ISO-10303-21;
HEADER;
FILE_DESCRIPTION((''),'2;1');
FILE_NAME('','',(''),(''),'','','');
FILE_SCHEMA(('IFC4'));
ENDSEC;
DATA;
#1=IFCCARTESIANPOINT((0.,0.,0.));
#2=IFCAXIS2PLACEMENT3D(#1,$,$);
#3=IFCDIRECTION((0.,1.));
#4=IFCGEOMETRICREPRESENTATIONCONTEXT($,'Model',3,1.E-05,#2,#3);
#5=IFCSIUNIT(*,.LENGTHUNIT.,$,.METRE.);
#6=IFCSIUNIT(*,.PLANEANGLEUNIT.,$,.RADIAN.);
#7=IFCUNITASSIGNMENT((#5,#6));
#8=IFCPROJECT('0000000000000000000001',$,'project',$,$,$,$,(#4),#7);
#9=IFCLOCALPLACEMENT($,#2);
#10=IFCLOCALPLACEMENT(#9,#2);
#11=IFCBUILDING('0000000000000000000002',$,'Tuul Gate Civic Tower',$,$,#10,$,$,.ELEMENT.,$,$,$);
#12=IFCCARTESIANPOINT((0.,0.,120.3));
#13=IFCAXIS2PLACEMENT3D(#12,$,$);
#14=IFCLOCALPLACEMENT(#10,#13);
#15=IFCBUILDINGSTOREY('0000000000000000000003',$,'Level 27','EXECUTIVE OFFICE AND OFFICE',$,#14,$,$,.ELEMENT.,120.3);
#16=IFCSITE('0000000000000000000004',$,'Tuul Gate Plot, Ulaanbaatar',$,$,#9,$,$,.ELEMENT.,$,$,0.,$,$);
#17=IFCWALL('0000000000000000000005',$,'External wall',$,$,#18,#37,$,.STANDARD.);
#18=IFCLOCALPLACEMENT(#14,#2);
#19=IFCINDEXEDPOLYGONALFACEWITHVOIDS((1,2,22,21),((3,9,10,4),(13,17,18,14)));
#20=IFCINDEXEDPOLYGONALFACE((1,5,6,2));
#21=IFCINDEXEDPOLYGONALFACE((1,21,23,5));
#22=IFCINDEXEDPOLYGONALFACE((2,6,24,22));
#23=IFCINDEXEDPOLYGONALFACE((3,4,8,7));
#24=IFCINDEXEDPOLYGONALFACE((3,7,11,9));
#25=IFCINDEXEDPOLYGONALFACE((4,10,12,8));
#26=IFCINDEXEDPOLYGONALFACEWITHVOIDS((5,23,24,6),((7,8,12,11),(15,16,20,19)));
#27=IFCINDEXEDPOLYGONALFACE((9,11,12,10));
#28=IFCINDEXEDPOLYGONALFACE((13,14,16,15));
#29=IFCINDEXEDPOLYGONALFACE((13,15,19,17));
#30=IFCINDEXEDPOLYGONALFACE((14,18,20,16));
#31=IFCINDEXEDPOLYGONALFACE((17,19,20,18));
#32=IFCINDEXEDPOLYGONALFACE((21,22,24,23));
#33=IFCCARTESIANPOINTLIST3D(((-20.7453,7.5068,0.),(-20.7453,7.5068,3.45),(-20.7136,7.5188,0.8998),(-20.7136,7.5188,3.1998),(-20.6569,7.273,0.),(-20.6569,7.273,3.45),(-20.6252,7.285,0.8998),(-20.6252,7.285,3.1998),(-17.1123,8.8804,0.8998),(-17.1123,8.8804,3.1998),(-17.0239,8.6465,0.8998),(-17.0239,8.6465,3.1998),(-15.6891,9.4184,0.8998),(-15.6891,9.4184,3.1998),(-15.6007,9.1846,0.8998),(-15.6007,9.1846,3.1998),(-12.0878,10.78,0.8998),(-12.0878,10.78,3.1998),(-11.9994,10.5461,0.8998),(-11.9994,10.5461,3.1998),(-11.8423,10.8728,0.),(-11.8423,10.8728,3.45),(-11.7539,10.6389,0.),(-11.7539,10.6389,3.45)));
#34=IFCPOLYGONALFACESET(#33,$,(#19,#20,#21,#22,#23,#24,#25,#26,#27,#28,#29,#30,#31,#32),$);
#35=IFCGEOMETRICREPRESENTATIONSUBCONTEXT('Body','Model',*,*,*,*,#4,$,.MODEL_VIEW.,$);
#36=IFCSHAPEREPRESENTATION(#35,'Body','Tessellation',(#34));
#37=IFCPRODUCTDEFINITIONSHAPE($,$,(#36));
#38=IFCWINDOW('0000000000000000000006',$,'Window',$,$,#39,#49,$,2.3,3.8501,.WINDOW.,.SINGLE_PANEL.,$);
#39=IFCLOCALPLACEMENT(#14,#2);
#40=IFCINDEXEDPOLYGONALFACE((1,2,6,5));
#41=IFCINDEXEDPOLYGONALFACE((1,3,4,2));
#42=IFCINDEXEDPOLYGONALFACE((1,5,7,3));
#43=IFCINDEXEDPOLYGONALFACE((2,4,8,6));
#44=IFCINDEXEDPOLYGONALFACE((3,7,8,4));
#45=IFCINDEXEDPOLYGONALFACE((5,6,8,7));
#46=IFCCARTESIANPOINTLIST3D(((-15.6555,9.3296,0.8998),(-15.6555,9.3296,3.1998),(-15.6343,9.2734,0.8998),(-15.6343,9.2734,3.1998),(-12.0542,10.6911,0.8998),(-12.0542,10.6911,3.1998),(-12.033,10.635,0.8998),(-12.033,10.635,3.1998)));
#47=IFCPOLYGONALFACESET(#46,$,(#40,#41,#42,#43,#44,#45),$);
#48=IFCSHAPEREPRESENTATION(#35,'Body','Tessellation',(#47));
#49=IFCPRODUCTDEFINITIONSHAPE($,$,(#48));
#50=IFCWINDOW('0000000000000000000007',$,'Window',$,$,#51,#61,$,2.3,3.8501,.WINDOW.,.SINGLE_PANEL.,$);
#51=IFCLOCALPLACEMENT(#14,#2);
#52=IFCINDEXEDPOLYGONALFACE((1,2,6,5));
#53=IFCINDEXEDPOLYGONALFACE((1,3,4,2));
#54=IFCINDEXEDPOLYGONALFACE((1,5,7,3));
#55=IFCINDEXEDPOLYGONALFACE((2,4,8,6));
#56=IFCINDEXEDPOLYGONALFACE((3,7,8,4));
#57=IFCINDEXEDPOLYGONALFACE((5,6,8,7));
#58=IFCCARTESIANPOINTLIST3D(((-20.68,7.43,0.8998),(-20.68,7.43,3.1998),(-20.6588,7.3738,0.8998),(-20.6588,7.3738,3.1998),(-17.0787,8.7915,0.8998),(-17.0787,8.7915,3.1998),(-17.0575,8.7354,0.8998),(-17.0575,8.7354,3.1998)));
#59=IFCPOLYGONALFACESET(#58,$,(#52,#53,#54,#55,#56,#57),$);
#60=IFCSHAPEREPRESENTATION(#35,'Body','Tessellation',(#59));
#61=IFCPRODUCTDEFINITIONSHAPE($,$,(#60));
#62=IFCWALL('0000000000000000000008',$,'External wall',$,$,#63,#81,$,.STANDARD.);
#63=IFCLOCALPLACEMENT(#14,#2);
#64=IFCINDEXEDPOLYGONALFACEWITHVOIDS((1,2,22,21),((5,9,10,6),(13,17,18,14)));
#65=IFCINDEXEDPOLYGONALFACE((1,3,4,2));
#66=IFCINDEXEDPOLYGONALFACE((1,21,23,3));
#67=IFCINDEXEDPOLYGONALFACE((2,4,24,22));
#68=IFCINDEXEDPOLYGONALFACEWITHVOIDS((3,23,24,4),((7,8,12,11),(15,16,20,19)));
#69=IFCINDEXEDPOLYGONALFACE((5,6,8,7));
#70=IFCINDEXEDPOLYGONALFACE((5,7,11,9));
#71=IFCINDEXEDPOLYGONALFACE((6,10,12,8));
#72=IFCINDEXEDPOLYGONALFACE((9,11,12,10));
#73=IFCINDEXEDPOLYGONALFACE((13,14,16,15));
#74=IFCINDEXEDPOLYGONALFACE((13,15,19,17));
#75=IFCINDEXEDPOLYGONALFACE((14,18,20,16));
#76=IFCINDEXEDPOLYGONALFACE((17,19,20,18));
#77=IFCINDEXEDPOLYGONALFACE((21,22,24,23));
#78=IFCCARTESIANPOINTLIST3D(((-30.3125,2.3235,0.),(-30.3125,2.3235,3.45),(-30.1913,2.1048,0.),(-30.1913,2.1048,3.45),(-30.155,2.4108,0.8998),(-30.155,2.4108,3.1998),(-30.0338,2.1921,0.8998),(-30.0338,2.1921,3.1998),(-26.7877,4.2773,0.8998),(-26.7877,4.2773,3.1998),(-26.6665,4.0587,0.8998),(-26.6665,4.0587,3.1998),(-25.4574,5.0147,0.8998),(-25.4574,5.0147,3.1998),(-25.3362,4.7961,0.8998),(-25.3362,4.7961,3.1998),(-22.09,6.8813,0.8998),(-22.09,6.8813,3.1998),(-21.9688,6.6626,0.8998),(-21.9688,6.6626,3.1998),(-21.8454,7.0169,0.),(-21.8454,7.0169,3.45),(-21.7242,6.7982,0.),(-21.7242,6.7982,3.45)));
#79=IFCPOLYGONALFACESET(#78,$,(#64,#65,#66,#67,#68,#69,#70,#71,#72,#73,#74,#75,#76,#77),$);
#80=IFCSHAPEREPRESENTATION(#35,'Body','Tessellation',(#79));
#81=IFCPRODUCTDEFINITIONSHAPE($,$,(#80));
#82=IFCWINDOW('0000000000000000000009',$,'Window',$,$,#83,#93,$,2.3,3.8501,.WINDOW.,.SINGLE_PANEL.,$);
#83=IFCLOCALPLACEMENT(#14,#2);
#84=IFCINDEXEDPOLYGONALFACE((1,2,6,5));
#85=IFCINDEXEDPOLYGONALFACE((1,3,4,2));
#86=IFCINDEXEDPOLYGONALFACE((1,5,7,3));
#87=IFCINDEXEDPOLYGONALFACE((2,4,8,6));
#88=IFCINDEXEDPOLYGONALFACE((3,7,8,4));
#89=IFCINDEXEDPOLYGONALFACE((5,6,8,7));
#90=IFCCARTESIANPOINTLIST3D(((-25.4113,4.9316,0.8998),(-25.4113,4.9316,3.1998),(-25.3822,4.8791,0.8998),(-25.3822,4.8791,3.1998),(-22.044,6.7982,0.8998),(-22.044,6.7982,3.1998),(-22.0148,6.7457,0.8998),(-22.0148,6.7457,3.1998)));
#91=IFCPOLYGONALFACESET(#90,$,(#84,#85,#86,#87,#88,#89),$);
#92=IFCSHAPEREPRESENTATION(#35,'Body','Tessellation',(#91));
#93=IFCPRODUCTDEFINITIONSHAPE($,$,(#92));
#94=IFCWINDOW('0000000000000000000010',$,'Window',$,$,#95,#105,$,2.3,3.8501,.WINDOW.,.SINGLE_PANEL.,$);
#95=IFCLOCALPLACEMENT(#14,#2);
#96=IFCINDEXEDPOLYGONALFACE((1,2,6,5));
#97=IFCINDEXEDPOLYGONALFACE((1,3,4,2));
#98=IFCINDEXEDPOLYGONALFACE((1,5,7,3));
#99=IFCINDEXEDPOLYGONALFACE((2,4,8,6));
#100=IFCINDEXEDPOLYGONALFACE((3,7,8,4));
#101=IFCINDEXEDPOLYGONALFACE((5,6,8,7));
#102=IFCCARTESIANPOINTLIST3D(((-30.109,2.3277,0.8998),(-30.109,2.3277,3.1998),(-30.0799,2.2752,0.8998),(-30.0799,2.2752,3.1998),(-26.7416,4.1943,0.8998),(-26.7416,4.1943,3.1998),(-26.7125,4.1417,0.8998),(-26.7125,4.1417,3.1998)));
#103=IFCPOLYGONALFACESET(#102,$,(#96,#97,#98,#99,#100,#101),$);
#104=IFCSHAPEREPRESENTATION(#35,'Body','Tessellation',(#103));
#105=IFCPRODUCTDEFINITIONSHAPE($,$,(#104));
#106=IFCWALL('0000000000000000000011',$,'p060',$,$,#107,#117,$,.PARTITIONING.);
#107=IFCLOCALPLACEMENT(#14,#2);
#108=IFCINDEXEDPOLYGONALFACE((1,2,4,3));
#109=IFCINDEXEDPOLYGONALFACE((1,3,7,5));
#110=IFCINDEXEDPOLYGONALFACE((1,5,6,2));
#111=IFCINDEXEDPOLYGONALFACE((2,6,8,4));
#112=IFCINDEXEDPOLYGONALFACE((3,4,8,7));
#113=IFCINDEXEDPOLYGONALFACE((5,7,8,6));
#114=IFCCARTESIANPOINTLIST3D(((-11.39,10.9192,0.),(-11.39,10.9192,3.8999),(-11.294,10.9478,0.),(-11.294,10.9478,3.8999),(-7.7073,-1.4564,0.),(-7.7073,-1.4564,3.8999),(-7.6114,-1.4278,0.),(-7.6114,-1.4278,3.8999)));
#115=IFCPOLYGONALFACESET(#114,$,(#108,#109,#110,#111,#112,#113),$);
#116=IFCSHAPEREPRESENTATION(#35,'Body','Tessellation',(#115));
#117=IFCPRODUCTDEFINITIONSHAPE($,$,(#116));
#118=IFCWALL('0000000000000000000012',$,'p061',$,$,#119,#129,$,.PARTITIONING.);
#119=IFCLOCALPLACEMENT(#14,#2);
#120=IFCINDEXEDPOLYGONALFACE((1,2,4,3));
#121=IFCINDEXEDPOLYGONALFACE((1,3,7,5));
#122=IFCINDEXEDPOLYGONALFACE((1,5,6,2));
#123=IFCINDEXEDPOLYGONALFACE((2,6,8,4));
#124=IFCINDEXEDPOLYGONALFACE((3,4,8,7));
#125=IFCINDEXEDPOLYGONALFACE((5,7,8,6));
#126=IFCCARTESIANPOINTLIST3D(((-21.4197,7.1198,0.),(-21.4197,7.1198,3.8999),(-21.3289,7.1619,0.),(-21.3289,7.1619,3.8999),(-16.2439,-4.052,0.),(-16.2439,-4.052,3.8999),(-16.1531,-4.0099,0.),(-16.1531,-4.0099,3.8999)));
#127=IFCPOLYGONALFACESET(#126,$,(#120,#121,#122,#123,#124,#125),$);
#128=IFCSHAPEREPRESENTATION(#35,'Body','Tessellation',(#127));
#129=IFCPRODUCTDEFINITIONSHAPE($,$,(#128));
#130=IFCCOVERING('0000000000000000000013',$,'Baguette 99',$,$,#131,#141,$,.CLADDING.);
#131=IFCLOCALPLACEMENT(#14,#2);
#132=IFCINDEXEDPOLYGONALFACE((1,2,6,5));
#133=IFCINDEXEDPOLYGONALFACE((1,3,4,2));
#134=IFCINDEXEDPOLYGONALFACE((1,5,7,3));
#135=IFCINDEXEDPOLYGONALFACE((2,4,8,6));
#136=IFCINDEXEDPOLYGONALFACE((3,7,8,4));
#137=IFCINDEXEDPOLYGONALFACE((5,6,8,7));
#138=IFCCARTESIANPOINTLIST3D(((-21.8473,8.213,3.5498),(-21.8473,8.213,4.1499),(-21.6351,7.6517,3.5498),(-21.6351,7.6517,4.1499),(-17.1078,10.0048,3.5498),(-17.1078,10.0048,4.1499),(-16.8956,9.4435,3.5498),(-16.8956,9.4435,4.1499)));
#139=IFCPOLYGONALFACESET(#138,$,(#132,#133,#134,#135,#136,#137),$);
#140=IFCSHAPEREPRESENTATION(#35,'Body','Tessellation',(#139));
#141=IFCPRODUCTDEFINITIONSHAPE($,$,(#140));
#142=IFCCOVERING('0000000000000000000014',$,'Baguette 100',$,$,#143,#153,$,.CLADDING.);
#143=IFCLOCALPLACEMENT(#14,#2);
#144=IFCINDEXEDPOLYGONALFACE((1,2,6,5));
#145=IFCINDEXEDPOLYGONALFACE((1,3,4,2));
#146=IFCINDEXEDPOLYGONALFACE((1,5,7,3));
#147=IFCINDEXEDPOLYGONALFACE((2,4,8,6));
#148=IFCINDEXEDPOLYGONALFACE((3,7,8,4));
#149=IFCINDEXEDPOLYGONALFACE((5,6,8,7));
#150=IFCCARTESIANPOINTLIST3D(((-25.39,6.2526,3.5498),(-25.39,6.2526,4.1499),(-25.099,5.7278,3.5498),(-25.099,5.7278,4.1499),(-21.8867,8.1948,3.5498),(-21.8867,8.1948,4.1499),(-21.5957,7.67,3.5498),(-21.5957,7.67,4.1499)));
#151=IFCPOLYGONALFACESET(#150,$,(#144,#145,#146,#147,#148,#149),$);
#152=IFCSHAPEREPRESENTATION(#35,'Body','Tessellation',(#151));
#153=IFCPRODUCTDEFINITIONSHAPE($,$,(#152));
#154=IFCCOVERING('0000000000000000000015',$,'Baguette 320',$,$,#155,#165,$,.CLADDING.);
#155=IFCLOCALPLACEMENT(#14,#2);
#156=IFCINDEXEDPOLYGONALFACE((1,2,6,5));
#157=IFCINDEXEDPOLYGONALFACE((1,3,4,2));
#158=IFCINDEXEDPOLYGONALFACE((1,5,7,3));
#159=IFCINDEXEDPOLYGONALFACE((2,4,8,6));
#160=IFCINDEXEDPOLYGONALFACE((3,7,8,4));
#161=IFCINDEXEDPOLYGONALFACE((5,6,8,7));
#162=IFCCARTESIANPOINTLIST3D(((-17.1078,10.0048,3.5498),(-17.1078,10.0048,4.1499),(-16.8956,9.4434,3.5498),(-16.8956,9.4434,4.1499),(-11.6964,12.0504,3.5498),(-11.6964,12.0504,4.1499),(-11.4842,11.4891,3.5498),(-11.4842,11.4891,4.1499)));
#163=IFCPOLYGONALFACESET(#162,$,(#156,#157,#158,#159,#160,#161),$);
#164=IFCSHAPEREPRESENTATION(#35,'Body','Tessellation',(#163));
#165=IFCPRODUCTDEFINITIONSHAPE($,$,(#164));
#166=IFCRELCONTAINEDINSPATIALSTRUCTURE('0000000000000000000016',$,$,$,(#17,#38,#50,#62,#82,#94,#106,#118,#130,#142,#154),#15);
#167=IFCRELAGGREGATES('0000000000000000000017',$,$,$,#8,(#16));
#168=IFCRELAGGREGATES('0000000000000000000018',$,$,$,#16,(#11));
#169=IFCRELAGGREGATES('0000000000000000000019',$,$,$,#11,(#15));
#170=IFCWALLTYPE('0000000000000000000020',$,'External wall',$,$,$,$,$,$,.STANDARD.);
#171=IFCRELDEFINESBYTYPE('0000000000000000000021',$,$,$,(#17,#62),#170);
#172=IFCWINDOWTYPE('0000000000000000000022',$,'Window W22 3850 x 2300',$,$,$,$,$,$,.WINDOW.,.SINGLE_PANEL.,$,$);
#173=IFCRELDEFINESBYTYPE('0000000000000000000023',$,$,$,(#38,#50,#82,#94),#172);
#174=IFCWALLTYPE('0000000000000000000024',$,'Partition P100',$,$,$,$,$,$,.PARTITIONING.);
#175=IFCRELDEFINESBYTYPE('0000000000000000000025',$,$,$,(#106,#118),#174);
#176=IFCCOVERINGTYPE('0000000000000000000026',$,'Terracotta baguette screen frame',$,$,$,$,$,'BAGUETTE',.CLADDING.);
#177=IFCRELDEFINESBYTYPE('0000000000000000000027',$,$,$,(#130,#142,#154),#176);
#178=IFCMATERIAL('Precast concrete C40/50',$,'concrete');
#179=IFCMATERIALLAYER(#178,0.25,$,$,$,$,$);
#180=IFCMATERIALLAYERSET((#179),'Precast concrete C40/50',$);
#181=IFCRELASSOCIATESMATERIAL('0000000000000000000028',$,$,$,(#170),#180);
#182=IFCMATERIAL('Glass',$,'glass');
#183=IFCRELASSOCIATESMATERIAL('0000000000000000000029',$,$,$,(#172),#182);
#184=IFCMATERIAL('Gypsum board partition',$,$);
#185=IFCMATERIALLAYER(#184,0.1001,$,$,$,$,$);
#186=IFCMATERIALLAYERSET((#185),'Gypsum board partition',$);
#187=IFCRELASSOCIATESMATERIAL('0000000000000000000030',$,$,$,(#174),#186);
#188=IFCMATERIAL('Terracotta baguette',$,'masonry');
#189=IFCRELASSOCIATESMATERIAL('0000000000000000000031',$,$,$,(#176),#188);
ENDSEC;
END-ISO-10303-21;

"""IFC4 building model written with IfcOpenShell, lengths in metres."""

from ifc_helpers import new_model, si_unit, direction, frame, frame_2d, origin, origin_2d, place, context, subcontext, project, spatial, rectangle, extrude, material, layer, layer_set, material_profile, profile_set, type_object, element, fill, save


model = new_model("IFC4")

# Units and contexts
model_context = context("Model", 3, precision=1e-05, world=origin(), true_north=direction((0.0, 1.0)))
body_context = subcontext(model_context, "Body", "Model", "MODEL_VIEW")
ifc_project = project(units=[si_unit("LENGTHUNIT", "METRE"), si_unit("PLANEANGLEUNIT", "RADIAN")], contexts=[model_context])

# Site, building, storey
site_placement = place(None, origin())
site = spatial("IfcSite", under=ifc_project, at=site_placement, Name="Tuul Gate Plot, Ulaanbaatar", CompositionType="ELEMENT", RefElevation=0.0)
building_placement = place(site_placement, origin())
building = spatial("IfcBuilding", under=site, at=building_placement, Name="Tuul Gate Civic Tower", CompositionType="ELEMENT")
storey_placement = place(building_placement, frame((0.0, 0.0, 120.3)))
storey = spatial("IfcBuildingStorey", under=building, at=storey_placement, Name="Level 27", Description="EXECUTIVE OFFICE AND OFFICE", CompositionType="ELEMENT", Elevation=120.3)

# Walls, openings, windows
ifc_material_1 = material(Name="Precast concrete C40/50", Category="concrete")
ifc_layer_1 = layer(ifc_material_1, 0.25)
ifc_layer_set_1 = layer_set([ifc_layer_1], Name="Precast concrete C40/50")
wall_type_1 = type_object("IfcWallType", Name="External wall", PredefinedType="STANDARD", material=ifc_layer_set_1)
wall_1_placement = place(storey_placement, frame((-11.7981, 10.7559, 0.0), z_axis=(0.0, 0.0, 1.0), x_axis=(-0.935382, -0.353638, 0.0)))
wall_1 = element("IfcWall", 1, at=wall_1_placement, inside=storey, type_object=wall_type_1, Name="External wall", PredefinedType="STANDARD", context=body_context, shape_type="SweptSolid", body=[
    extrude(rectangle(XDim=9.5181, YDim=0.25, at=frame_2d((4.759, 0.0))), origin(), (0.0, 0.0, 1.0), 3.45),
])
opening_1_placement = place(wall_1_placement, frame((0.2625, 0.0, 0.8999)))
opening_1 = element("IfcOpeningElement", 2, at=opening_1_placement, cuts=wall_1, PredefinedType="OPENING", context=body_context, shape_type="SweptSolid", body=[
    extrude(rectangle(XDim=3.8501, YDim=2.3, at=frame_2d((1.925, 1.1499))), frame((0.0, 0.135, 0.0), z_axis=(0.0, -1.0, 0.0), x_axis=(1.0, 0.0, 0.0)), (0.0, 0.0, 1.0), 0.27),
])
opening_2_placement = place(wall_1_placement, frame((5.634, 0.0, 0.8999)))
opening_2 = element("IfcOpeningElement", 3, at=opening_2_placement, cuts=wall_1, PredefinedType="OPENING", context=body_context, shape_type="SweptSolid", body=[
    extrude(rectangle(XDim=3.8501, YDim=2.3, at=frame_2d((1.925, 1.1499))), frame((0.0, 0.135, 0.0), z_axis=(0.0, -1.0, 0.0), x_axis=(1.0, 0.0, 0.0)), (0.0, 0.0, 1.0), 0.27),
])
ifc_material_2 = material(Name="Glass", Category="glass")
window_type = type_object("IfcWindowType", Name="Window W22 3850 x 2300", PartitioningType="SINGLE_PANEL", PredefinedType="WINDOW", material=ifc_material_2)
window_1_placement = place(opening_1_placement, origin())
window_1 = element("IfcWindow", 4, at=window_1_placement, inside=storey, type_object=window_type, Name="Window", OverallHeight=2.3, OverallWidth=3.8501, PartitioningType="SINGLE_PANEL", PredefinedType="WINDOW", context=body_context, shape_type="SweptSolid", body=[
    extrude(rectangle(XDim=3.8501, YDim=2.3, at=frame_2d((1.925, 1.1499))), frame((0.0, 0.03, 0.0), z_axis=(0.0, -1.0, 0.0), x_axis=(1.0, 0.0, 0.0)), (0.0, 0.0, 1.0), 0.0601),
])
fill(opening_1, window_1)
window_2_placement = place(opening_2_placement, origin())
window_2 = element("IfcWindow", 5, at=window_2_placement, inside=storey, type_object=window_type, Name="Window", OverallHeight=2.3, OverallWidth=3.8501, PartitioningType="SINGLE_PANEL", PredefinedType="WINDOW", context=body_context, shape_type="SweptSolid", body=[
    extrude(rectangle(XDim=3.8501, YDim=2.3, at=frame_2d((1.925, 1.1499))), frame((0.0, 0.03, 0.0), z_axis=(0.0, -1.0, 0.0), x_axis=(1.0, 0.0, 0.0)), (0.0, 0.0, 1.0), 0.0601),
])
fill(opening_2, window_2)
wall_2_placement = place(storey_placement, frame((-21.7849, 6.9075, 0.0), z_axis=(0.0, 0.0, 1.0), x_axis=(-0.87462, -0.48481, 0.0)))
wall_2 = element("IfcWall", 6, at=wall_2_placement, inside=storey, type_object=wall_type_1, Name="External wall", PredefinedType="STANDARD", context=body_context, shape_type="SweptSolid", body=[
    extrude(rectangle(XDim=9.6809, YDim=0.25, at=frame_2d((4.8403, 0.0))), origin(), (0.0, 0.0, 1.0), 3.45),
])
opening_3_placement = place(wall_2_placement, frame((0.2795, 0.0, 0.8999)))
opening_3 = element("IfcOpeningElement", 7, at=opening_3_placement, cuts=wall_2, PredefinedType="OPENING", context=body_context, shape_type="SweptSolid", body=[
    extrude(rectangle(XDim=3.8501, YDim=2.3, at=frame_2d((1.925, 1.1499))), frame((0.0, 0.135, 0.0), z_axis=(0.0, -1.0, 0.0), x_axis=(1.0, 0.0, 0.0)), (0.0, 0.0, 1.0), 0.27),
])
opening_4_placement = place(wall_2_placement, frame((5.6506, 0.0, 0.8999)))
opening_4 = element("IfcOpeningElement", 8, at=opening_4_placement, cuts=wall_2, PredefinedType="OPENING", context=body_context, shape_type="SweptSolid", body=[
    extrude(rectangle(XDim=3.8501, YDim=2.3, at=frame_2d((1.925, 1.1499))), frame((0.0, 0.135, 0.0), z_axis=(0.0, -1.0, 0.0), x_axis=(1.0, 0.0, 0.0)), (0.0, 0.0, 1.0), 0.27),
])
window_3_placement = place(opening_3_placement, origin())
window_3 = element("IfcWindow", 9, at=window_3_placement, inside=storey, type_object=window_type, Name="Window", OverallHeight=2.3, OverallWidth=3.8501, PartitioningType="SINGLE_PANEL", PredefinedType="WINDOW", context=body_context, shape_type="SweptSolid", body=[
    extrude(rectangle(XDim=3.8501, YDim=2.3, at=frame_2d((1.925, 1.1499))), frame((0.0, 0.03, 0.0), z_axis=(0.0, -1.0, 0.0), x_axis=(1.0, 0.0, 0.0)), (0.0, 0.0, 1.0), 0.0601),
])
fill(opening_3, window_3)
window_4_placement = place(opening_4_placement, origin())
window_4 = element("IfcWindow", 10, at=window_4_placement, inside=storey, type_object=window_type, Name="Window", OverallHeight=2.3, OverallWidth=3.8501, PartitioningType="SINGLE_PANEL", PredefinedType="WINDOW", context=body_context, shape_type="SweptSolid", body=[
    extrude(rectangle(XDim=3.8501, YDim=2.3, at=frame_2d((1.925, 1.1499))), frame((0.0, 0.03, 0.0), z_axis=(0.0, -1.0, 0.0), x_axis=(1.0, 0.0, 0.0)), (0.0, 0.0, 1.0), 0.0601),
])
fill(opening_4, window_4)

# Walls
ifc_material_3 = material(Name="Gypsum board partition")
ifc_layer_2 = layer(ifc_material_3, 0.1001)
ifc_layer_set_2 = layer_set([ifc_layer_2], Name="Gypsum board partition")
wall_type_2 = type_object("IfcWallType", Name="Partition P100", PredefinedType="PARTITIONING", material=ifc_layer_set_2)
wall_3_placement = place(storey_placement, frame((-11.342, 10.9336, 0.0), z_axis=(0.0, 0.0, 1.0), x_axis=(0.285213, -0.958464, 0.0)))
element("IfcWall", 11, at=wall_3_placement, inside=storey, type_object=wall_type_2, Name="p060", PredefinedType="PARTITIONING", context=body_context, shape_type="SweptSolid", body=[
    extrude(rectangle(XDim=12.9119, YDim=0.1001, at=frame_2d((6.4561, 0.0))), origin(), (0.0, 0.0, 1.0), 3.8999),
])
wall_4_placement = place(storey_placement, frame((-21.3743, 7.1409, 0.0), z_axis=(0.0, 0.0, 1.0), x_axis=(0.420365, -0.907355, 0.0)))
element("IfcWall", 12, at=wall_4_placement, inside=storey, type_object=wall_type_2, Name="p061", PredefinedType="PARTITIONING", context=body_context, shape_type="SweptSolid", body=[
    extrude(rectangle(XDim=12.3125, YDim=0.1001, at=frame_2d((6.1562, 0.0))), origin(), (0.0, 0.0, 1.0), 3.8999),
])

# Coverings
ifc_material_4 = material(Name="Terracotta baguette", Category="masonry")
ifc_material_profile_1 = material_profile(ifc_material_4, rectangle(XDim=0.6001, YDim=0.6001, at=origin_2d()), Name="Terracotta baguette screen frame")
ifc_profile_set_1 = profile_set([ifc_material_profile_1], Name="Terracotta baguette")
covering_type = type_object("IfcCoveringType", Name="Terracotta baguette screen frame", ElementType="BAGUETTE", PredefinedType="CLADDING", material=ifc_profile_set_1)
covering_1_placement = place(storey_placement, frame((-17.0017, 9.7241, 3.8499), z_axis=(-0.935389, -0.35362, 0.0), x_axis=(0.35362, -0.935389, 0.0)))
element("IfcCovering", 13, at=covering_1_placement, inside=storey, type_object=covering_type, Name="Baguette 99", PredefinedType="CLADDING", context=body_context, shape_type="SweptSolid", body=[
    extrude(rectangle(XDim=0.6001, YDim=0.6001, at=origin_2d()), origin(), (0.0, 0.0, 1.0), 5.0669),
])
covering_2_placement = place(storey_placement, frame((-21.7412, 7.9324, 3.8499), z_axis=(-0.874588, -0.484866, 0.0), x_axis=(0.484866, -0.874588, 0.0)))
element("IfcCovering", 14, at=covering_2_placement, inside=storey, type_object=covering_type, Name="Baguette 100", PredefinedType="CLADDING", context=body_context, shape_type="SweptSolid", body=[
    extrude(rectangle(XDim=0.6001, YDim=0.6001, at=origin_2d()), origin(), (0.0, 0.0, 1.0), 4.0056),
])
covering_3_placement = place(storey_placement, frame((-11.5903, 11.7698, 3.8499), z_axis=(-0.935395, -0.353606, 0.0), x_axis=(0.353606, -0.935395, 0.0)))
element("IfcCovering", 15, at=covering_3_placement, inside=storey, type_object=covering_type, Name="Baguette 320", PredefinedType="CLADDING", context=body_context, shape_type="SweptSolid", body=[
    extrude(rectangle(XDim=0.6001, YDim=0.6001, at=origin_2d()), origin(), (0.0, 0.0, 1.0), 5.7852),
])

save(model, "model.ifc")
